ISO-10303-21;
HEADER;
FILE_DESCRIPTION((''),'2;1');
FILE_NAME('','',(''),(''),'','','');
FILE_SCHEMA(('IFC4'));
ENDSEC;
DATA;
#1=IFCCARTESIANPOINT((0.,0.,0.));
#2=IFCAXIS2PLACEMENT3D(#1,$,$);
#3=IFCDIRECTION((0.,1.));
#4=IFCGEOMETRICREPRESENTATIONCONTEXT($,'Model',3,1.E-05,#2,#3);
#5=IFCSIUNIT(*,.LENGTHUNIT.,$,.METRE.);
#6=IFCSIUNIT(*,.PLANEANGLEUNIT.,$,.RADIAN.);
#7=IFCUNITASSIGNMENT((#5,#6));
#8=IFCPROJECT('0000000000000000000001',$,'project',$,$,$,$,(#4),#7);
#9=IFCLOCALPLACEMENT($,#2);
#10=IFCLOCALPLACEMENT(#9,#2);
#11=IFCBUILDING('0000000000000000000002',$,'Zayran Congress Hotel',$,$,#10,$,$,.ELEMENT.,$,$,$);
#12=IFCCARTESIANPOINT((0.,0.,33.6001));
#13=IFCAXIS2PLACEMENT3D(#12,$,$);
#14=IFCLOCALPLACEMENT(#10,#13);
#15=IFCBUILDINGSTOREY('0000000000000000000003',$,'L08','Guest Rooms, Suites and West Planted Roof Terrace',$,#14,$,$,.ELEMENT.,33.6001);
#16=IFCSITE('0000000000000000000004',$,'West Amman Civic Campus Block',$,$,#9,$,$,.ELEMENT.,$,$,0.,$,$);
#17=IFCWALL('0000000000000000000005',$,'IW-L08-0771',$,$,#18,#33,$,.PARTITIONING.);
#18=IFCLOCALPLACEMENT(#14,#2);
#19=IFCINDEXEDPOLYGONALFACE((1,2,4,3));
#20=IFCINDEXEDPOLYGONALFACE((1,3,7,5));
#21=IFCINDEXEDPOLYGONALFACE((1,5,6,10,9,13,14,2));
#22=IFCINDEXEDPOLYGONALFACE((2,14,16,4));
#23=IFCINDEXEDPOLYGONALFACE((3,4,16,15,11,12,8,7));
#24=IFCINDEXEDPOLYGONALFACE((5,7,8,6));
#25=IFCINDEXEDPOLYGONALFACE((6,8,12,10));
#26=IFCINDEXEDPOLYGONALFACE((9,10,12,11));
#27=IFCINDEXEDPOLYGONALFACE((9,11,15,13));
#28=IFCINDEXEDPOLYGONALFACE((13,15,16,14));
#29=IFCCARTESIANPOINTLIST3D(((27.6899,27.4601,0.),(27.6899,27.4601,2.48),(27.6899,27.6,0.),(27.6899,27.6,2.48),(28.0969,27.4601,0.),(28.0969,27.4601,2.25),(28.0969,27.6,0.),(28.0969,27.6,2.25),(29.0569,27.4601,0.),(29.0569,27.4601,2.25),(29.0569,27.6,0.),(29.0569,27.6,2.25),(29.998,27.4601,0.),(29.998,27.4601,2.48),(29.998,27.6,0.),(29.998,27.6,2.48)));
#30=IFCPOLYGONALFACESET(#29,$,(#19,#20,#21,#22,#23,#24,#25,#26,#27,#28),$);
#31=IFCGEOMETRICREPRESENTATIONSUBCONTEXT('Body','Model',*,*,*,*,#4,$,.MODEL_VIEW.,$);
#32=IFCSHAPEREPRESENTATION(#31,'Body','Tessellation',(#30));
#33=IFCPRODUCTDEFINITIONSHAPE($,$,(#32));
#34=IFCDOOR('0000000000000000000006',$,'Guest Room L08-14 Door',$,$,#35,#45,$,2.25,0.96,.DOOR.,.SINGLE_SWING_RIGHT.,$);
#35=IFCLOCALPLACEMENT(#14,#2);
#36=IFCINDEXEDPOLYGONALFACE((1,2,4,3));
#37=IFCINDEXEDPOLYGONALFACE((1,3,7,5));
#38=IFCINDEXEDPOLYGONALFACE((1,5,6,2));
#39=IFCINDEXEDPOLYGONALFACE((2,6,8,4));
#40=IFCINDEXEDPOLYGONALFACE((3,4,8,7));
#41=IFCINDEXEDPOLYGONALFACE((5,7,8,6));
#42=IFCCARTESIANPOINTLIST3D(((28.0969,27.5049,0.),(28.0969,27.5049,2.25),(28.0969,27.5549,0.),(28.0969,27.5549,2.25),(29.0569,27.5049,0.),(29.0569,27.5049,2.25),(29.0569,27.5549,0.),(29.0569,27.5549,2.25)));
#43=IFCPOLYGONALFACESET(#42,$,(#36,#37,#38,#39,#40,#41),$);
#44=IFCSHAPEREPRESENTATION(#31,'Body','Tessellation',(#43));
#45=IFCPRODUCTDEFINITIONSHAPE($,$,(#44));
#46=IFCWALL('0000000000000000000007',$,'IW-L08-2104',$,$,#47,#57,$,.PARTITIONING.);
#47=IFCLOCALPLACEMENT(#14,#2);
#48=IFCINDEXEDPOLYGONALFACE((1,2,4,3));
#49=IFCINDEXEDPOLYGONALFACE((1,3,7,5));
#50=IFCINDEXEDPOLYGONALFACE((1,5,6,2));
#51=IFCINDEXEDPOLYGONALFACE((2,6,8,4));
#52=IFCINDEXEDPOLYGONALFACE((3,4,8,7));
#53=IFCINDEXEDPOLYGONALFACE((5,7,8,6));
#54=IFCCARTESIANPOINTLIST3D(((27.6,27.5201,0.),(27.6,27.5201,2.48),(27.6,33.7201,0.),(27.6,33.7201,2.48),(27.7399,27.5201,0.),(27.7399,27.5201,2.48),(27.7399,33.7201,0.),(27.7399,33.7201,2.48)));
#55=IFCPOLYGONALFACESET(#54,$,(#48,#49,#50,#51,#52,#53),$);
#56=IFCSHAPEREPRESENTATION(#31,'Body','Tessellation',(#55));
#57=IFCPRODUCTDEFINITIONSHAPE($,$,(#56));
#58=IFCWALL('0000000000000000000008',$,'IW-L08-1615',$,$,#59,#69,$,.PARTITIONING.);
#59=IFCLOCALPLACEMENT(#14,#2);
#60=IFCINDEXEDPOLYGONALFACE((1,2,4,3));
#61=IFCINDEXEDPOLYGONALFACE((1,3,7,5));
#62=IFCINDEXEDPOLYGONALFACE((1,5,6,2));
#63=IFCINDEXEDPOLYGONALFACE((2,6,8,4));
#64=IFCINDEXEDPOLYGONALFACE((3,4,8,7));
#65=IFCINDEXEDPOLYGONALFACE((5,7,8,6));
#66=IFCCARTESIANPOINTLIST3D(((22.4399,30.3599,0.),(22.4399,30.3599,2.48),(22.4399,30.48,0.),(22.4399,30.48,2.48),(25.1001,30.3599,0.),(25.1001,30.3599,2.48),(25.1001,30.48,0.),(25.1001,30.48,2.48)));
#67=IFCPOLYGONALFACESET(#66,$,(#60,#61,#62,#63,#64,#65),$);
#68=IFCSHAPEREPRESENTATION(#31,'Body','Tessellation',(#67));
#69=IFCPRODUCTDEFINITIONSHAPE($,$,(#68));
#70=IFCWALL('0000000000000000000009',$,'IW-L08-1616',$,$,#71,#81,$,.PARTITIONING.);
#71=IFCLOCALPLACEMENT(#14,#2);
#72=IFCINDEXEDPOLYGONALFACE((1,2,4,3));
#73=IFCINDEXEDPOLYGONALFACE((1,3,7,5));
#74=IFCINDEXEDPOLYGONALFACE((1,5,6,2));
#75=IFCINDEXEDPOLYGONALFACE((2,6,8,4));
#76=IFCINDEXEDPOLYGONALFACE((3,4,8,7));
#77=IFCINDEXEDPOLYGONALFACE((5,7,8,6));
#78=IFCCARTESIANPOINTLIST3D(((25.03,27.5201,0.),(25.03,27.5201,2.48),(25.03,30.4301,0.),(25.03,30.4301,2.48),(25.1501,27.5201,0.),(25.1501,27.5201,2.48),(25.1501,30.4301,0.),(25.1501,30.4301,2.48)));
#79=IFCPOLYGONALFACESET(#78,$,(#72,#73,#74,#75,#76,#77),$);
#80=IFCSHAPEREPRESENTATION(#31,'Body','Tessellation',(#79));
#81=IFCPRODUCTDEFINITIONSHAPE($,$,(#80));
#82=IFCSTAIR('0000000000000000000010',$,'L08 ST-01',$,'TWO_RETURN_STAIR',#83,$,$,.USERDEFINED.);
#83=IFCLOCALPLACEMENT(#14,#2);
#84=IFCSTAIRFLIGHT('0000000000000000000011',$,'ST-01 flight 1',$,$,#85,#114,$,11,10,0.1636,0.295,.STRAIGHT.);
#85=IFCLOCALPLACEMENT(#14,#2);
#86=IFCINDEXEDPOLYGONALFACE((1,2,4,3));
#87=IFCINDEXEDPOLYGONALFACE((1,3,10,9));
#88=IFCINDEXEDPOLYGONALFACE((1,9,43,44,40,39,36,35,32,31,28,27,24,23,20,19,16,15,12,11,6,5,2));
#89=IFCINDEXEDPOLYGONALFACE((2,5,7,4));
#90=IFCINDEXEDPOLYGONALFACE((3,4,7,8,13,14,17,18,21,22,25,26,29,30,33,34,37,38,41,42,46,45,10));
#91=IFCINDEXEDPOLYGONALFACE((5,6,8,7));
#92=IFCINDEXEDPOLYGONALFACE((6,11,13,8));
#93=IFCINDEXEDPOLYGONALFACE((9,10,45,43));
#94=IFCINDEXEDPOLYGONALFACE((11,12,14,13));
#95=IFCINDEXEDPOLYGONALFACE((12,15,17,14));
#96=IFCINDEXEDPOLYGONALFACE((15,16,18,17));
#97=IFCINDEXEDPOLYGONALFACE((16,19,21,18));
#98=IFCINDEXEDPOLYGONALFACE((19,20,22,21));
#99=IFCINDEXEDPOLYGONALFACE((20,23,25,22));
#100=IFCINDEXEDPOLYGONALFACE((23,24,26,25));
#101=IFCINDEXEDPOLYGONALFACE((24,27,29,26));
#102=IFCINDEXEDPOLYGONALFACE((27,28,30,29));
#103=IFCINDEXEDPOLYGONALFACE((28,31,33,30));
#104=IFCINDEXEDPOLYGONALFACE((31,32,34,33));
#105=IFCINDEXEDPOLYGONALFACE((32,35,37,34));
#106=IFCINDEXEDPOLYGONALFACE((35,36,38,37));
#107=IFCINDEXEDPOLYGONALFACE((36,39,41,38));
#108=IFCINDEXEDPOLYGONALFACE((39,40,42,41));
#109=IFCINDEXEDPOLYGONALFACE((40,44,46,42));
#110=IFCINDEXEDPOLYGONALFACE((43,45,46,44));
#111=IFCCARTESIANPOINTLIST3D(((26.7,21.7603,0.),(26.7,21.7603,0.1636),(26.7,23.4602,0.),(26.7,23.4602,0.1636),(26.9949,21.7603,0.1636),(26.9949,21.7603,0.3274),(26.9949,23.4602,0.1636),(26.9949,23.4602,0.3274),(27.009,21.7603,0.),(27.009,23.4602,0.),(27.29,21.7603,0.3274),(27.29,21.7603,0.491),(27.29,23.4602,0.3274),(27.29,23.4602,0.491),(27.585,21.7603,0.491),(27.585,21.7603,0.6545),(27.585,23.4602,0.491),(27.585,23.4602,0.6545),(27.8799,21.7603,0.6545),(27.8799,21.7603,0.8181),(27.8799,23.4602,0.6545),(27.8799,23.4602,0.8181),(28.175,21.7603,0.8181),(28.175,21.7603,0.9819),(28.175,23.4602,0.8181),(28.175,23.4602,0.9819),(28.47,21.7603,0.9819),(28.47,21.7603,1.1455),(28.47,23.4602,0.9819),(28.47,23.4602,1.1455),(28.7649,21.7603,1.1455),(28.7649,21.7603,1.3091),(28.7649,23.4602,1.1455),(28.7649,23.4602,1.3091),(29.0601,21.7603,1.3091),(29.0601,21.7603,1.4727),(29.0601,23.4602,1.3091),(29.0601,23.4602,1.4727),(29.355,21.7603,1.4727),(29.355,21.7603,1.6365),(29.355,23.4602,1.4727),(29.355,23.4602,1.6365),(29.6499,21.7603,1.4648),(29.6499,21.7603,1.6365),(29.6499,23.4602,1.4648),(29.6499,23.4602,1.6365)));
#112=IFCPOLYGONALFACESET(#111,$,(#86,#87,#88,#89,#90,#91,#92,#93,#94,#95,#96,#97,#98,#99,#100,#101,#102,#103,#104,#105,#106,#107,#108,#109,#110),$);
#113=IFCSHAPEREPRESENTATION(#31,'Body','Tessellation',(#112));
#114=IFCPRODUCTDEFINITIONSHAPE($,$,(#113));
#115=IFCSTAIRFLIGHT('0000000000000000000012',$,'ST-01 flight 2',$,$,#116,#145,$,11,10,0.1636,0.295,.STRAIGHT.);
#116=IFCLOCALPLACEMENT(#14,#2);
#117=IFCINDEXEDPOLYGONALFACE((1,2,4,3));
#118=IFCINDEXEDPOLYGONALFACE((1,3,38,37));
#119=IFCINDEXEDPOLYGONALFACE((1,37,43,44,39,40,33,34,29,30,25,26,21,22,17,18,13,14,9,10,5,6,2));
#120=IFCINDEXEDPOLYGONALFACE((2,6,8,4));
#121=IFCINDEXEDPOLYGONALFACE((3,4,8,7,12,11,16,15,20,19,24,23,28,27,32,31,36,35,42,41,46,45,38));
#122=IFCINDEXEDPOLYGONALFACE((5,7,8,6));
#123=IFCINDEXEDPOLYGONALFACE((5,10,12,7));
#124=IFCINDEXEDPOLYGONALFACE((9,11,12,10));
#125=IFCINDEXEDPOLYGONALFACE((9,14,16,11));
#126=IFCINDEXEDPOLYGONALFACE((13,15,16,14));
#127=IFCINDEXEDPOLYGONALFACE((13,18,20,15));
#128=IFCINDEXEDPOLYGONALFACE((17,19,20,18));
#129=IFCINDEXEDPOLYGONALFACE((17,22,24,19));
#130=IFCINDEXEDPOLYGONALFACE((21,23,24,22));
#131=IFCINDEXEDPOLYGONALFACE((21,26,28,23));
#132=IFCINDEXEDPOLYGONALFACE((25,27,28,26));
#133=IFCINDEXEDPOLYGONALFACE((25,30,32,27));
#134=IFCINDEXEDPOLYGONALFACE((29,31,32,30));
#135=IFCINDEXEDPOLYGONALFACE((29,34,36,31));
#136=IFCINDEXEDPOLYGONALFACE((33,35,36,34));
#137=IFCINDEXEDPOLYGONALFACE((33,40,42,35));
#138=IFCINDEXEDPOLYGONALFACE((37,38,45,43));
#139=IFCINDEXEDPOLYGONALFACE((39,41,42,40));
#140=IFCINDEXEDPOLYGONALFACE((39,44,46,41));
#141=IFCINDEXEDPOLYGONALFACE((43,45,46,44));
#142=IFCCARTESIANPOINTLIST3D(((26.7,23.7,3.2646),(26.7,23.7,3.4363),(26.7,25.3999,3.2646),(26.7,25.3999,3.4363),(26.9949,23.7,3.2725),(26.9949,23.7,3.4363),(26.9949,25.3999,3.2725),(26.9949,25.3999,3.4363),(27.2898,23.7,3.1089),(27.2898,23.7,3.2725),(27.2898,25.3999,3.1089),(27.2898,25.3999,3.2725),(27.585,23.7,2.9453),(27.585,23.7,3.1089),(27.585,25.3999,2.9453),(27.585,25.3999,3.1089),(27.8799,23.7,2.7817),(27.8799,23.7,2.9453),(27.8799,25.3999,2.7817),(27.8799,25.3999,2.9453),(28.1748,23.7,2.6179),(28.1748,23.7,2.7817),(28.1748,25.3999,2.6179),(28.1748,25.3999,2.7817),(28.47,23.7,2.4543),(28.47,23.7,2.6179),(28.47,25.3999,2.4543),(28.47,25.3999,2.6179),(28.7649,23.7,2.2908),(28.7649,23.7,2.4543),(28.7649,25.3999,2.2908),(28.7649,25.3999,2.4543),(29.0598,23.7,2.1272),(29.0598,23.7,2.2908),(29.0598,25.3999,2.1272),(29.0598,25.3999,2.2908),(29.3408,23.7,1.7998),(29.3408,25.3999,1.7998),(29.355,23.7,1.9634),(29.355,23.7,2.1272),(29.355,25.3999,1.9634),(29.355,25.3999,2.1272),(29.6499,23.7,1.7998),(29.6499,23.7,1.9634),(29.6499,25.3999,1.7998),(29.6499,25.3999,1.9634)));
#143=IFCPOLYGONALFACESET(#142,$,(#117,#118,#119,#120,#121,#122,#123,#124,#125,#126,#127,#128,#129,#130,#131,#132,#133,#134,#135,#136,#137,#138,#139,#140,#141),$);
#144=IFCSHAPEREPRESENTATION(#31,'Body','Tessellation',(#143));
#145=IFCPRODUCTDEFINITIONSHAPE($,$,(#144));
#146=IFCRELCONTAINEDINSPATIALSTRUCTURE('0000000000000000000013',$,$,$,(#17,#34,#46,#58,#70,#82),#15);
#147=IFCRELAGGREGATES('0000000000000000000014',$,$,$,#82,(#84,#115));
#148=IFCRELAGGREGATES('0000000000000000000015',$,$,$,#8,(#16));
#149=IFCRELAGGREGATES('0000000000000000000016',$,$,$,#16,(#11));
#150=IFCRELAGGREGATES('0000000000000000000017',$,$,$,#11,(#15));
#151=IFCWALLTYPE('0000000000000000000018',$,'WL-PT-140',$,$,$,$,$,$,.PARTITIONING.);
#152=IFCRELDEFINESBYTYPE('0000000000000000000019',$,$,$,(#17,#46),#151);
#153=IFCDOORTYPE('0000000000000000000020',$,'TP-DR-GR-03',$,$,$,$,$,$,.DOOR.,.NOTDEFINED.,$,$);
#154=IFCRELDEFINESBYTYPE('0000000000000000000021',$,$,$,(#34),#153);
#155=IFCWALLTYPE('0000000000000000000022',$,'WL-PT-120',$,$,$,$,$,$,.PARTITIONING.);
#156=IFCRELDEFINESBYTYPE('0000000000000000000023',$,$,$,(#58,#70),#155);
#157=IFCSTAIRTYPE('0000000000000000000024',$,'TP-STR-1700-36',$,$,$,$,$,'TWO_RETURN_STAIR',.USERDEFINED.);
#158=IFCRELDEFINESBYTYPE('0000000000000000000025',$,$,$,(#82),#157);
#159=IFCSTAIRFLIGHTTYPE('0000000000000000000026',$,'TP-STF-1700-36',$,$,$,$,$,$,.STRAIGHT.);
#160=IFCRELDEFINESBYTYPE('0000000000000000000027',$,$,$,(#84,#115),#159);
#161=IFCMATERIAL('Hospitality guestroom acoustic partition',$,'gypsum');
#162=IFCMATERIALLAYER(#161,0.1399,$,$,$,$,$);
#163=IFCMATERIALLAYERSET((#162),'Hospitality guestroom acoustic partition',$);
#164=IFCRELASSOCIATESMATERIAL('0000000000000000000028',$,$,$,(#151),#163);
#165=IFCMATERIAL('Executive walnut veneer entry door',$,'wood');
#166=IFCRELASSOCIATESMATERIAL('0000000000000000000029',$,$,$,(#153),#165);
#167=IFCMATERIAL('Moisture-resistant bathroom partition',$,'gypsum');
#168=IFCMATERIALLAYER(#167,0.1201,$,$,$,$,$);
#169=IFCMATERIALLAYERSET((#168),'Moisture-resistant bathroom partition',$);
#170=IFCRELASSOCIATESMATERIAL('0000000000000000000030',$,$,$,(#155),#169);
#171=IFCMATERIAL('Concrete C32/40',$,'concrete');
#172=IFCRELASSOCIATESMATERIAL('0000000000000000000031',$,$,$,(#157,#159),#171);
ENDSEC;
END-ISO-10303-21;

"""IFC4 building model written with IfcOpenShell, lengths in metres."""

from ifc_helpers import new_model, si_unit, direction, frame, frame_2d, origin, place, context, subcontext, project, spatial, polyline, rectangle, outline, extrude, material, layer, layer_set, type_object, element, fill, aggregate, save


model = new_model("IFC4")

# Units and contexts
model_context = context("Model", 3, precision=1e-05, world=origin(), true_north=direction((0.0, 1.0)))
body_context = subcontext(model_context, "Body", "Model", "MODEL_VIEW")
ifc_project = project(units=[si_unit("LENGTHUNIT", "METRE"), si_unit("PLANEANGLEUNIT", "RADIAN")], contexts=[model_context])

# Site, building, storey
site_placement = place(None, origin())
site = spatial("IfcSite", under=ifc_project, at=site_placement, Name="West Amman Civic Campus Block", CompositionType="ELEMENT", RefElevation=0.0)
building_placement = place(site_placement, origin())
building = spatial("IfcBuilding", under=site, at=building_placement, Name="Zayran Congress Hotel", CompositionType="ELEMENT")
storey_placement = place(building_placement, frame((0.0, 0.0, 33.6001)))
storey = spatial("IfcBuildingStorey", under=building, at=storey_placement, Name="L08", Description="Guest Rooms, Suites and West Planted Roof Terrace", CompositionType="ELEMENT", Elevation=33.6001)

# Shared definitions
ifc_material_1 = material(Name="Hospitality guestroom acoustic partition", Category="gypsum")
ifc_layer_1 = layer(ifc_material_1, 0.1399)
ifc_layer_set_1 = layer_set([ifc_layer_1], Name="Hospitality guestroom acoustic partition")
wall_type_1 = type_object("IfcWallType", Name="WL-PT-140", PredefinedType="PARTITIONING", material=ifc_layer_set_1)

# Wall, opening, door
wall_1_placement = place(storey_placement, frame((27.6899, 27.53, 0.0), z_axis=(0.0, 0.0, 1.0), x_axis=(1.0, 0.0, 0.0)))
wall_1 = element("IfcWall", 1, at=wall_1_placement, inside=storey, type_object=wall_type_1, Name="IW-L08-0771", PredefinedType="PARTITIONING", context=body_context, shape_type="SweptSolid", body=[
    extrude(rectangle(XDim=2.3081, YDim=0.1399, at=frame_2d((1.1541, 0.0))), origin(), (0.0, 0.0, 1.0), 2.48),
])
opening_1_placement = place(wall_1_placement, frame((0.407, 0.0, 0.0)))
opening_1 = element("IfcOpeningElement", 2, at=opening_1_placement, cuts=wall_1, PredefinedType="OPENING", context=body_context, shape_type="SweptSolid", body=[
    extrude(rectangle(XDim=0.96, YDim=2.25, at=frame_2d((0.48, 1.125))), frame((0.0, 0.0798, 0.0), z_axis=(0.0, -1.0, 0.0), x_axis=(1.0, 0.0, 0.0)), (0.0, 0.0, 1.0), 0.1599),
])
ifc_material_2 = material(Name="Executive walnut veneer entry door", Category="wood")
door_type_1 = type_object("IfcDoorType", Name="TP-DR-GR-03", OperationType="NOTDEFINED", PredefinedType="DOOR", material=ifc_material_2)
door_1_placement = place(opening_1_placement, origin())
door_1 = element("IfcDoor", 3, at=door_1_placement, inside=storey, type_object=door_type_1, Name="Guest Room L08-14 Door", OperationType="SINGLE_SWING_RIGHT", OverallHeight=2.25, OverallWidth=0.96, PredefinedType="DOOR", context=body_context, shape_type="SweptSolid", body=[
    extrude(rectangle(XDim=0.96, YDim=2.25, at=frame_2d((0.48, 1.125))), frame((0.0, 0.0249, 0.0), z_axis=(0.0, -1.0, 0.0), x_axis=(1.0, 0.0, 0.0)), (0.0, 0.0, 1.0), 0.05),
])
fill(opening_1, door_1)

# Wall
wall_2_placement = place(storey_placement, frame((27.6699, 27.52, 0.0), z_axis=(0.0, 0.0, 1.0), x_axis=(0.0, 1.0, 0.0)))
element("IfcWall", 4, at=wall_2_placement, inside=storey, type_object=wall_type_1, Name="IW-L08-2104", PredefinedType="PARTITIONING", context=body_context, shape_type="SweptSolid", body=[
    extrude(rectangle(XDim=6.2, YDim=0.1399, at=frame_2d((3.1001, 0.0))), origin(), (0.0, 0.0, 1.0), 2.48),
])

# Shared definitions
ifc_material_3 = material(Name="Moisture-resistant bathroom partition", Category="gypsum")
ifc_layer_2 = layer(ifc_material_3, 0.1201)
ifc_layer_set_2 = layer_set([ifc_layer_2], Name="Moisture-resistant bathroom partition")
wall_type_2 = type_object("IfcWallType", Name="WL-PT-120", PredefinedType="PARTITIONING", material=ifc_layer_set_2)

# Walls
wall_3_placement = place(storey_placement, frame((22.4399, 30.4199, 0.0), z_axis=(0.0, 0.0, 1.0), x_axis=(1.0, 0.0, 0.0)))
element("IfcWall", 5, at=wall_3_placement, inside=storey, type_object=wall_type_2, Name="IW-L08-1615", PredefinedType="PARTITIONING", context=body_context, shape_type="SweptSolid", body=[
    extrude(rectangle(XDim=2.6602, YDim=0.1201, at=frame_2d((1.3301, 0.0))), origin(), (0.0, 0.0, 1.0), 2.48),
])
wall_4_placement = place(storey_placement, frame((25.0901, 27.52, 0.0), z_axis=(0.0, 0.0, 1.0), x_axis=(0.0, 1.0, 0.0)))
element("IfcWall", 6, at=wall_4_placement, inside=storey, type_object=wall_type_2, Name="IW-L08-1616", PredefinedType="PARTITIONING", context=body_context, shape_type="SweptSolid", body=[
    extrude(rectangle(XDim=2.9099, YDim=0.1201, at=frame_2d((1.4551, 0.0))), origin(), (0.0, 0.0, 1.0), 2.48),
])

# Stair, stair flights
ifc_material_4 = material(Name="Concrete C32/40", Category="concrete")
stair_type = type_object("IfcStairType", Name="TP-STR-1700-36", ElementType="TWO_RETURN_STAIR", PredefinedType="USERDEFINED", material=ifc_material_4)
stair_placement = place(storey_placement, origin())
stair = element("IfcStair", 7, at=stair_placement, inside=storey, type_object=stair_type, Name="L08 ST-01", ObjectType="TWO_RETURN_STAIR", PredefinedType="USERDEFINED")
stair_flight_type = type_object("IfcStairFlightType", Name="TP-STF-1700-36", PredefinedType="STRAIGHT", material=ifc_material_4)
stair_flight_1_placement = place(storey_placement, frame((26.7, 22.6101, 0.0), z_axis=(0.0, 0.0, 1.0), x_axis=(1.0, 0.0, 0.0)))
stair_flight_1 = element("IfcStairFlight", 8, at=stair_flight_1_placement, type_object=stair_flight_type, Name="ST-01 flight 1", NumberOfRisers=11, NumberOfTreads=10, PredefinedType="STRAIGHT", RiserHeight=0.1636, TreadLength=0.295, context=body_context, shape_type="SweptSolid", body=[
    extrude(outline(polyline([(0.0, 0.0), (0.0, 0.1636), (0.2949, 0.1636), (0.2949, 0.3274), (0.5901, 0.3274), (0.5901, 0.491), (0.885, 0.491), (0.885, 0.6545), (1.1799, 0.6545), (1.1799, 0.8181), (1.4751, 0.8181), (1.4751, 0.9819), (1.77, 0.9819), (1.77, 1.1455), (2.0649, 1.1455), (2.0649, 1.3091), (2.3601, 1.3091), (2.3601, 1.4727), (2.655, 1.4727), (2.655, 1.6365), (2.95, 1.6365), (2.95, 1.8), (2.95, 1.4648), (0.3091, 0.0), (0.0, 0.0)])), frame((0.0, 0.8501, 0.0), z_axis=(0.0, -1.0, 0.0), x_axis=(1.0, 0.0, 0.0)), (0.0, 0.0, 1.0), 1.7),
])
stair_flight_2_placement = place(storey_placement, frame((29.6499, 24.55, 1.7998), z_axis=(0.0, 0.0, 1.0), x_axis=(-1.0, 0.0, 0.0)))
stair_flight_2 = element("IfcStairFlight", 9, at=stair_flight_2_placement, type_object=stair_flight_type, Name="ST-01 flight 2", NumberOfRisers=11, NumberOfTreads=10, PredefinedType="STRAIGHT", RiserHeight=0.1636, TreadLength=0.295, context=body_context, shape_type="SweptSolid", body=[
    extrude(outline(polyline([(0.0, 0.0), (0.0, 0.1636), (0.2949, 0.1636), (0.2949, 0.3274), (0.5901, 0.3274), (0.5901, 0.491), (0.885, 0.491), (0.885, 0.6545), (1.1799, 0.6545), (1.1799, 0.8181), (1.4751, 0.8181), (1.4751, 0.9819), (1.77, 0.9819), (1.77, 1.1455), (2.0649, 1.1455), (2.0649, 1.3091), (2.3601, 1.3091), (2.3601, 1.4727), (2.655, 1.4727), (2.655, 1.6365), (2.95, 1.6365), (2.95, 1.8), (2.95, 1.4648), (0.3091, 0.0), (0.0, 0.0)])), frame((0.0, 0.8501, 0.0), z_axis=(0.0, -1.0, 0.0), x_axis=(1.0, 0.0, 0.0)), (0.0, 0.0, 1.0), 1.7),
])
aggregate(stair, [stair_flight_1, stair_flight_2])

save(model, "model.ifc")
